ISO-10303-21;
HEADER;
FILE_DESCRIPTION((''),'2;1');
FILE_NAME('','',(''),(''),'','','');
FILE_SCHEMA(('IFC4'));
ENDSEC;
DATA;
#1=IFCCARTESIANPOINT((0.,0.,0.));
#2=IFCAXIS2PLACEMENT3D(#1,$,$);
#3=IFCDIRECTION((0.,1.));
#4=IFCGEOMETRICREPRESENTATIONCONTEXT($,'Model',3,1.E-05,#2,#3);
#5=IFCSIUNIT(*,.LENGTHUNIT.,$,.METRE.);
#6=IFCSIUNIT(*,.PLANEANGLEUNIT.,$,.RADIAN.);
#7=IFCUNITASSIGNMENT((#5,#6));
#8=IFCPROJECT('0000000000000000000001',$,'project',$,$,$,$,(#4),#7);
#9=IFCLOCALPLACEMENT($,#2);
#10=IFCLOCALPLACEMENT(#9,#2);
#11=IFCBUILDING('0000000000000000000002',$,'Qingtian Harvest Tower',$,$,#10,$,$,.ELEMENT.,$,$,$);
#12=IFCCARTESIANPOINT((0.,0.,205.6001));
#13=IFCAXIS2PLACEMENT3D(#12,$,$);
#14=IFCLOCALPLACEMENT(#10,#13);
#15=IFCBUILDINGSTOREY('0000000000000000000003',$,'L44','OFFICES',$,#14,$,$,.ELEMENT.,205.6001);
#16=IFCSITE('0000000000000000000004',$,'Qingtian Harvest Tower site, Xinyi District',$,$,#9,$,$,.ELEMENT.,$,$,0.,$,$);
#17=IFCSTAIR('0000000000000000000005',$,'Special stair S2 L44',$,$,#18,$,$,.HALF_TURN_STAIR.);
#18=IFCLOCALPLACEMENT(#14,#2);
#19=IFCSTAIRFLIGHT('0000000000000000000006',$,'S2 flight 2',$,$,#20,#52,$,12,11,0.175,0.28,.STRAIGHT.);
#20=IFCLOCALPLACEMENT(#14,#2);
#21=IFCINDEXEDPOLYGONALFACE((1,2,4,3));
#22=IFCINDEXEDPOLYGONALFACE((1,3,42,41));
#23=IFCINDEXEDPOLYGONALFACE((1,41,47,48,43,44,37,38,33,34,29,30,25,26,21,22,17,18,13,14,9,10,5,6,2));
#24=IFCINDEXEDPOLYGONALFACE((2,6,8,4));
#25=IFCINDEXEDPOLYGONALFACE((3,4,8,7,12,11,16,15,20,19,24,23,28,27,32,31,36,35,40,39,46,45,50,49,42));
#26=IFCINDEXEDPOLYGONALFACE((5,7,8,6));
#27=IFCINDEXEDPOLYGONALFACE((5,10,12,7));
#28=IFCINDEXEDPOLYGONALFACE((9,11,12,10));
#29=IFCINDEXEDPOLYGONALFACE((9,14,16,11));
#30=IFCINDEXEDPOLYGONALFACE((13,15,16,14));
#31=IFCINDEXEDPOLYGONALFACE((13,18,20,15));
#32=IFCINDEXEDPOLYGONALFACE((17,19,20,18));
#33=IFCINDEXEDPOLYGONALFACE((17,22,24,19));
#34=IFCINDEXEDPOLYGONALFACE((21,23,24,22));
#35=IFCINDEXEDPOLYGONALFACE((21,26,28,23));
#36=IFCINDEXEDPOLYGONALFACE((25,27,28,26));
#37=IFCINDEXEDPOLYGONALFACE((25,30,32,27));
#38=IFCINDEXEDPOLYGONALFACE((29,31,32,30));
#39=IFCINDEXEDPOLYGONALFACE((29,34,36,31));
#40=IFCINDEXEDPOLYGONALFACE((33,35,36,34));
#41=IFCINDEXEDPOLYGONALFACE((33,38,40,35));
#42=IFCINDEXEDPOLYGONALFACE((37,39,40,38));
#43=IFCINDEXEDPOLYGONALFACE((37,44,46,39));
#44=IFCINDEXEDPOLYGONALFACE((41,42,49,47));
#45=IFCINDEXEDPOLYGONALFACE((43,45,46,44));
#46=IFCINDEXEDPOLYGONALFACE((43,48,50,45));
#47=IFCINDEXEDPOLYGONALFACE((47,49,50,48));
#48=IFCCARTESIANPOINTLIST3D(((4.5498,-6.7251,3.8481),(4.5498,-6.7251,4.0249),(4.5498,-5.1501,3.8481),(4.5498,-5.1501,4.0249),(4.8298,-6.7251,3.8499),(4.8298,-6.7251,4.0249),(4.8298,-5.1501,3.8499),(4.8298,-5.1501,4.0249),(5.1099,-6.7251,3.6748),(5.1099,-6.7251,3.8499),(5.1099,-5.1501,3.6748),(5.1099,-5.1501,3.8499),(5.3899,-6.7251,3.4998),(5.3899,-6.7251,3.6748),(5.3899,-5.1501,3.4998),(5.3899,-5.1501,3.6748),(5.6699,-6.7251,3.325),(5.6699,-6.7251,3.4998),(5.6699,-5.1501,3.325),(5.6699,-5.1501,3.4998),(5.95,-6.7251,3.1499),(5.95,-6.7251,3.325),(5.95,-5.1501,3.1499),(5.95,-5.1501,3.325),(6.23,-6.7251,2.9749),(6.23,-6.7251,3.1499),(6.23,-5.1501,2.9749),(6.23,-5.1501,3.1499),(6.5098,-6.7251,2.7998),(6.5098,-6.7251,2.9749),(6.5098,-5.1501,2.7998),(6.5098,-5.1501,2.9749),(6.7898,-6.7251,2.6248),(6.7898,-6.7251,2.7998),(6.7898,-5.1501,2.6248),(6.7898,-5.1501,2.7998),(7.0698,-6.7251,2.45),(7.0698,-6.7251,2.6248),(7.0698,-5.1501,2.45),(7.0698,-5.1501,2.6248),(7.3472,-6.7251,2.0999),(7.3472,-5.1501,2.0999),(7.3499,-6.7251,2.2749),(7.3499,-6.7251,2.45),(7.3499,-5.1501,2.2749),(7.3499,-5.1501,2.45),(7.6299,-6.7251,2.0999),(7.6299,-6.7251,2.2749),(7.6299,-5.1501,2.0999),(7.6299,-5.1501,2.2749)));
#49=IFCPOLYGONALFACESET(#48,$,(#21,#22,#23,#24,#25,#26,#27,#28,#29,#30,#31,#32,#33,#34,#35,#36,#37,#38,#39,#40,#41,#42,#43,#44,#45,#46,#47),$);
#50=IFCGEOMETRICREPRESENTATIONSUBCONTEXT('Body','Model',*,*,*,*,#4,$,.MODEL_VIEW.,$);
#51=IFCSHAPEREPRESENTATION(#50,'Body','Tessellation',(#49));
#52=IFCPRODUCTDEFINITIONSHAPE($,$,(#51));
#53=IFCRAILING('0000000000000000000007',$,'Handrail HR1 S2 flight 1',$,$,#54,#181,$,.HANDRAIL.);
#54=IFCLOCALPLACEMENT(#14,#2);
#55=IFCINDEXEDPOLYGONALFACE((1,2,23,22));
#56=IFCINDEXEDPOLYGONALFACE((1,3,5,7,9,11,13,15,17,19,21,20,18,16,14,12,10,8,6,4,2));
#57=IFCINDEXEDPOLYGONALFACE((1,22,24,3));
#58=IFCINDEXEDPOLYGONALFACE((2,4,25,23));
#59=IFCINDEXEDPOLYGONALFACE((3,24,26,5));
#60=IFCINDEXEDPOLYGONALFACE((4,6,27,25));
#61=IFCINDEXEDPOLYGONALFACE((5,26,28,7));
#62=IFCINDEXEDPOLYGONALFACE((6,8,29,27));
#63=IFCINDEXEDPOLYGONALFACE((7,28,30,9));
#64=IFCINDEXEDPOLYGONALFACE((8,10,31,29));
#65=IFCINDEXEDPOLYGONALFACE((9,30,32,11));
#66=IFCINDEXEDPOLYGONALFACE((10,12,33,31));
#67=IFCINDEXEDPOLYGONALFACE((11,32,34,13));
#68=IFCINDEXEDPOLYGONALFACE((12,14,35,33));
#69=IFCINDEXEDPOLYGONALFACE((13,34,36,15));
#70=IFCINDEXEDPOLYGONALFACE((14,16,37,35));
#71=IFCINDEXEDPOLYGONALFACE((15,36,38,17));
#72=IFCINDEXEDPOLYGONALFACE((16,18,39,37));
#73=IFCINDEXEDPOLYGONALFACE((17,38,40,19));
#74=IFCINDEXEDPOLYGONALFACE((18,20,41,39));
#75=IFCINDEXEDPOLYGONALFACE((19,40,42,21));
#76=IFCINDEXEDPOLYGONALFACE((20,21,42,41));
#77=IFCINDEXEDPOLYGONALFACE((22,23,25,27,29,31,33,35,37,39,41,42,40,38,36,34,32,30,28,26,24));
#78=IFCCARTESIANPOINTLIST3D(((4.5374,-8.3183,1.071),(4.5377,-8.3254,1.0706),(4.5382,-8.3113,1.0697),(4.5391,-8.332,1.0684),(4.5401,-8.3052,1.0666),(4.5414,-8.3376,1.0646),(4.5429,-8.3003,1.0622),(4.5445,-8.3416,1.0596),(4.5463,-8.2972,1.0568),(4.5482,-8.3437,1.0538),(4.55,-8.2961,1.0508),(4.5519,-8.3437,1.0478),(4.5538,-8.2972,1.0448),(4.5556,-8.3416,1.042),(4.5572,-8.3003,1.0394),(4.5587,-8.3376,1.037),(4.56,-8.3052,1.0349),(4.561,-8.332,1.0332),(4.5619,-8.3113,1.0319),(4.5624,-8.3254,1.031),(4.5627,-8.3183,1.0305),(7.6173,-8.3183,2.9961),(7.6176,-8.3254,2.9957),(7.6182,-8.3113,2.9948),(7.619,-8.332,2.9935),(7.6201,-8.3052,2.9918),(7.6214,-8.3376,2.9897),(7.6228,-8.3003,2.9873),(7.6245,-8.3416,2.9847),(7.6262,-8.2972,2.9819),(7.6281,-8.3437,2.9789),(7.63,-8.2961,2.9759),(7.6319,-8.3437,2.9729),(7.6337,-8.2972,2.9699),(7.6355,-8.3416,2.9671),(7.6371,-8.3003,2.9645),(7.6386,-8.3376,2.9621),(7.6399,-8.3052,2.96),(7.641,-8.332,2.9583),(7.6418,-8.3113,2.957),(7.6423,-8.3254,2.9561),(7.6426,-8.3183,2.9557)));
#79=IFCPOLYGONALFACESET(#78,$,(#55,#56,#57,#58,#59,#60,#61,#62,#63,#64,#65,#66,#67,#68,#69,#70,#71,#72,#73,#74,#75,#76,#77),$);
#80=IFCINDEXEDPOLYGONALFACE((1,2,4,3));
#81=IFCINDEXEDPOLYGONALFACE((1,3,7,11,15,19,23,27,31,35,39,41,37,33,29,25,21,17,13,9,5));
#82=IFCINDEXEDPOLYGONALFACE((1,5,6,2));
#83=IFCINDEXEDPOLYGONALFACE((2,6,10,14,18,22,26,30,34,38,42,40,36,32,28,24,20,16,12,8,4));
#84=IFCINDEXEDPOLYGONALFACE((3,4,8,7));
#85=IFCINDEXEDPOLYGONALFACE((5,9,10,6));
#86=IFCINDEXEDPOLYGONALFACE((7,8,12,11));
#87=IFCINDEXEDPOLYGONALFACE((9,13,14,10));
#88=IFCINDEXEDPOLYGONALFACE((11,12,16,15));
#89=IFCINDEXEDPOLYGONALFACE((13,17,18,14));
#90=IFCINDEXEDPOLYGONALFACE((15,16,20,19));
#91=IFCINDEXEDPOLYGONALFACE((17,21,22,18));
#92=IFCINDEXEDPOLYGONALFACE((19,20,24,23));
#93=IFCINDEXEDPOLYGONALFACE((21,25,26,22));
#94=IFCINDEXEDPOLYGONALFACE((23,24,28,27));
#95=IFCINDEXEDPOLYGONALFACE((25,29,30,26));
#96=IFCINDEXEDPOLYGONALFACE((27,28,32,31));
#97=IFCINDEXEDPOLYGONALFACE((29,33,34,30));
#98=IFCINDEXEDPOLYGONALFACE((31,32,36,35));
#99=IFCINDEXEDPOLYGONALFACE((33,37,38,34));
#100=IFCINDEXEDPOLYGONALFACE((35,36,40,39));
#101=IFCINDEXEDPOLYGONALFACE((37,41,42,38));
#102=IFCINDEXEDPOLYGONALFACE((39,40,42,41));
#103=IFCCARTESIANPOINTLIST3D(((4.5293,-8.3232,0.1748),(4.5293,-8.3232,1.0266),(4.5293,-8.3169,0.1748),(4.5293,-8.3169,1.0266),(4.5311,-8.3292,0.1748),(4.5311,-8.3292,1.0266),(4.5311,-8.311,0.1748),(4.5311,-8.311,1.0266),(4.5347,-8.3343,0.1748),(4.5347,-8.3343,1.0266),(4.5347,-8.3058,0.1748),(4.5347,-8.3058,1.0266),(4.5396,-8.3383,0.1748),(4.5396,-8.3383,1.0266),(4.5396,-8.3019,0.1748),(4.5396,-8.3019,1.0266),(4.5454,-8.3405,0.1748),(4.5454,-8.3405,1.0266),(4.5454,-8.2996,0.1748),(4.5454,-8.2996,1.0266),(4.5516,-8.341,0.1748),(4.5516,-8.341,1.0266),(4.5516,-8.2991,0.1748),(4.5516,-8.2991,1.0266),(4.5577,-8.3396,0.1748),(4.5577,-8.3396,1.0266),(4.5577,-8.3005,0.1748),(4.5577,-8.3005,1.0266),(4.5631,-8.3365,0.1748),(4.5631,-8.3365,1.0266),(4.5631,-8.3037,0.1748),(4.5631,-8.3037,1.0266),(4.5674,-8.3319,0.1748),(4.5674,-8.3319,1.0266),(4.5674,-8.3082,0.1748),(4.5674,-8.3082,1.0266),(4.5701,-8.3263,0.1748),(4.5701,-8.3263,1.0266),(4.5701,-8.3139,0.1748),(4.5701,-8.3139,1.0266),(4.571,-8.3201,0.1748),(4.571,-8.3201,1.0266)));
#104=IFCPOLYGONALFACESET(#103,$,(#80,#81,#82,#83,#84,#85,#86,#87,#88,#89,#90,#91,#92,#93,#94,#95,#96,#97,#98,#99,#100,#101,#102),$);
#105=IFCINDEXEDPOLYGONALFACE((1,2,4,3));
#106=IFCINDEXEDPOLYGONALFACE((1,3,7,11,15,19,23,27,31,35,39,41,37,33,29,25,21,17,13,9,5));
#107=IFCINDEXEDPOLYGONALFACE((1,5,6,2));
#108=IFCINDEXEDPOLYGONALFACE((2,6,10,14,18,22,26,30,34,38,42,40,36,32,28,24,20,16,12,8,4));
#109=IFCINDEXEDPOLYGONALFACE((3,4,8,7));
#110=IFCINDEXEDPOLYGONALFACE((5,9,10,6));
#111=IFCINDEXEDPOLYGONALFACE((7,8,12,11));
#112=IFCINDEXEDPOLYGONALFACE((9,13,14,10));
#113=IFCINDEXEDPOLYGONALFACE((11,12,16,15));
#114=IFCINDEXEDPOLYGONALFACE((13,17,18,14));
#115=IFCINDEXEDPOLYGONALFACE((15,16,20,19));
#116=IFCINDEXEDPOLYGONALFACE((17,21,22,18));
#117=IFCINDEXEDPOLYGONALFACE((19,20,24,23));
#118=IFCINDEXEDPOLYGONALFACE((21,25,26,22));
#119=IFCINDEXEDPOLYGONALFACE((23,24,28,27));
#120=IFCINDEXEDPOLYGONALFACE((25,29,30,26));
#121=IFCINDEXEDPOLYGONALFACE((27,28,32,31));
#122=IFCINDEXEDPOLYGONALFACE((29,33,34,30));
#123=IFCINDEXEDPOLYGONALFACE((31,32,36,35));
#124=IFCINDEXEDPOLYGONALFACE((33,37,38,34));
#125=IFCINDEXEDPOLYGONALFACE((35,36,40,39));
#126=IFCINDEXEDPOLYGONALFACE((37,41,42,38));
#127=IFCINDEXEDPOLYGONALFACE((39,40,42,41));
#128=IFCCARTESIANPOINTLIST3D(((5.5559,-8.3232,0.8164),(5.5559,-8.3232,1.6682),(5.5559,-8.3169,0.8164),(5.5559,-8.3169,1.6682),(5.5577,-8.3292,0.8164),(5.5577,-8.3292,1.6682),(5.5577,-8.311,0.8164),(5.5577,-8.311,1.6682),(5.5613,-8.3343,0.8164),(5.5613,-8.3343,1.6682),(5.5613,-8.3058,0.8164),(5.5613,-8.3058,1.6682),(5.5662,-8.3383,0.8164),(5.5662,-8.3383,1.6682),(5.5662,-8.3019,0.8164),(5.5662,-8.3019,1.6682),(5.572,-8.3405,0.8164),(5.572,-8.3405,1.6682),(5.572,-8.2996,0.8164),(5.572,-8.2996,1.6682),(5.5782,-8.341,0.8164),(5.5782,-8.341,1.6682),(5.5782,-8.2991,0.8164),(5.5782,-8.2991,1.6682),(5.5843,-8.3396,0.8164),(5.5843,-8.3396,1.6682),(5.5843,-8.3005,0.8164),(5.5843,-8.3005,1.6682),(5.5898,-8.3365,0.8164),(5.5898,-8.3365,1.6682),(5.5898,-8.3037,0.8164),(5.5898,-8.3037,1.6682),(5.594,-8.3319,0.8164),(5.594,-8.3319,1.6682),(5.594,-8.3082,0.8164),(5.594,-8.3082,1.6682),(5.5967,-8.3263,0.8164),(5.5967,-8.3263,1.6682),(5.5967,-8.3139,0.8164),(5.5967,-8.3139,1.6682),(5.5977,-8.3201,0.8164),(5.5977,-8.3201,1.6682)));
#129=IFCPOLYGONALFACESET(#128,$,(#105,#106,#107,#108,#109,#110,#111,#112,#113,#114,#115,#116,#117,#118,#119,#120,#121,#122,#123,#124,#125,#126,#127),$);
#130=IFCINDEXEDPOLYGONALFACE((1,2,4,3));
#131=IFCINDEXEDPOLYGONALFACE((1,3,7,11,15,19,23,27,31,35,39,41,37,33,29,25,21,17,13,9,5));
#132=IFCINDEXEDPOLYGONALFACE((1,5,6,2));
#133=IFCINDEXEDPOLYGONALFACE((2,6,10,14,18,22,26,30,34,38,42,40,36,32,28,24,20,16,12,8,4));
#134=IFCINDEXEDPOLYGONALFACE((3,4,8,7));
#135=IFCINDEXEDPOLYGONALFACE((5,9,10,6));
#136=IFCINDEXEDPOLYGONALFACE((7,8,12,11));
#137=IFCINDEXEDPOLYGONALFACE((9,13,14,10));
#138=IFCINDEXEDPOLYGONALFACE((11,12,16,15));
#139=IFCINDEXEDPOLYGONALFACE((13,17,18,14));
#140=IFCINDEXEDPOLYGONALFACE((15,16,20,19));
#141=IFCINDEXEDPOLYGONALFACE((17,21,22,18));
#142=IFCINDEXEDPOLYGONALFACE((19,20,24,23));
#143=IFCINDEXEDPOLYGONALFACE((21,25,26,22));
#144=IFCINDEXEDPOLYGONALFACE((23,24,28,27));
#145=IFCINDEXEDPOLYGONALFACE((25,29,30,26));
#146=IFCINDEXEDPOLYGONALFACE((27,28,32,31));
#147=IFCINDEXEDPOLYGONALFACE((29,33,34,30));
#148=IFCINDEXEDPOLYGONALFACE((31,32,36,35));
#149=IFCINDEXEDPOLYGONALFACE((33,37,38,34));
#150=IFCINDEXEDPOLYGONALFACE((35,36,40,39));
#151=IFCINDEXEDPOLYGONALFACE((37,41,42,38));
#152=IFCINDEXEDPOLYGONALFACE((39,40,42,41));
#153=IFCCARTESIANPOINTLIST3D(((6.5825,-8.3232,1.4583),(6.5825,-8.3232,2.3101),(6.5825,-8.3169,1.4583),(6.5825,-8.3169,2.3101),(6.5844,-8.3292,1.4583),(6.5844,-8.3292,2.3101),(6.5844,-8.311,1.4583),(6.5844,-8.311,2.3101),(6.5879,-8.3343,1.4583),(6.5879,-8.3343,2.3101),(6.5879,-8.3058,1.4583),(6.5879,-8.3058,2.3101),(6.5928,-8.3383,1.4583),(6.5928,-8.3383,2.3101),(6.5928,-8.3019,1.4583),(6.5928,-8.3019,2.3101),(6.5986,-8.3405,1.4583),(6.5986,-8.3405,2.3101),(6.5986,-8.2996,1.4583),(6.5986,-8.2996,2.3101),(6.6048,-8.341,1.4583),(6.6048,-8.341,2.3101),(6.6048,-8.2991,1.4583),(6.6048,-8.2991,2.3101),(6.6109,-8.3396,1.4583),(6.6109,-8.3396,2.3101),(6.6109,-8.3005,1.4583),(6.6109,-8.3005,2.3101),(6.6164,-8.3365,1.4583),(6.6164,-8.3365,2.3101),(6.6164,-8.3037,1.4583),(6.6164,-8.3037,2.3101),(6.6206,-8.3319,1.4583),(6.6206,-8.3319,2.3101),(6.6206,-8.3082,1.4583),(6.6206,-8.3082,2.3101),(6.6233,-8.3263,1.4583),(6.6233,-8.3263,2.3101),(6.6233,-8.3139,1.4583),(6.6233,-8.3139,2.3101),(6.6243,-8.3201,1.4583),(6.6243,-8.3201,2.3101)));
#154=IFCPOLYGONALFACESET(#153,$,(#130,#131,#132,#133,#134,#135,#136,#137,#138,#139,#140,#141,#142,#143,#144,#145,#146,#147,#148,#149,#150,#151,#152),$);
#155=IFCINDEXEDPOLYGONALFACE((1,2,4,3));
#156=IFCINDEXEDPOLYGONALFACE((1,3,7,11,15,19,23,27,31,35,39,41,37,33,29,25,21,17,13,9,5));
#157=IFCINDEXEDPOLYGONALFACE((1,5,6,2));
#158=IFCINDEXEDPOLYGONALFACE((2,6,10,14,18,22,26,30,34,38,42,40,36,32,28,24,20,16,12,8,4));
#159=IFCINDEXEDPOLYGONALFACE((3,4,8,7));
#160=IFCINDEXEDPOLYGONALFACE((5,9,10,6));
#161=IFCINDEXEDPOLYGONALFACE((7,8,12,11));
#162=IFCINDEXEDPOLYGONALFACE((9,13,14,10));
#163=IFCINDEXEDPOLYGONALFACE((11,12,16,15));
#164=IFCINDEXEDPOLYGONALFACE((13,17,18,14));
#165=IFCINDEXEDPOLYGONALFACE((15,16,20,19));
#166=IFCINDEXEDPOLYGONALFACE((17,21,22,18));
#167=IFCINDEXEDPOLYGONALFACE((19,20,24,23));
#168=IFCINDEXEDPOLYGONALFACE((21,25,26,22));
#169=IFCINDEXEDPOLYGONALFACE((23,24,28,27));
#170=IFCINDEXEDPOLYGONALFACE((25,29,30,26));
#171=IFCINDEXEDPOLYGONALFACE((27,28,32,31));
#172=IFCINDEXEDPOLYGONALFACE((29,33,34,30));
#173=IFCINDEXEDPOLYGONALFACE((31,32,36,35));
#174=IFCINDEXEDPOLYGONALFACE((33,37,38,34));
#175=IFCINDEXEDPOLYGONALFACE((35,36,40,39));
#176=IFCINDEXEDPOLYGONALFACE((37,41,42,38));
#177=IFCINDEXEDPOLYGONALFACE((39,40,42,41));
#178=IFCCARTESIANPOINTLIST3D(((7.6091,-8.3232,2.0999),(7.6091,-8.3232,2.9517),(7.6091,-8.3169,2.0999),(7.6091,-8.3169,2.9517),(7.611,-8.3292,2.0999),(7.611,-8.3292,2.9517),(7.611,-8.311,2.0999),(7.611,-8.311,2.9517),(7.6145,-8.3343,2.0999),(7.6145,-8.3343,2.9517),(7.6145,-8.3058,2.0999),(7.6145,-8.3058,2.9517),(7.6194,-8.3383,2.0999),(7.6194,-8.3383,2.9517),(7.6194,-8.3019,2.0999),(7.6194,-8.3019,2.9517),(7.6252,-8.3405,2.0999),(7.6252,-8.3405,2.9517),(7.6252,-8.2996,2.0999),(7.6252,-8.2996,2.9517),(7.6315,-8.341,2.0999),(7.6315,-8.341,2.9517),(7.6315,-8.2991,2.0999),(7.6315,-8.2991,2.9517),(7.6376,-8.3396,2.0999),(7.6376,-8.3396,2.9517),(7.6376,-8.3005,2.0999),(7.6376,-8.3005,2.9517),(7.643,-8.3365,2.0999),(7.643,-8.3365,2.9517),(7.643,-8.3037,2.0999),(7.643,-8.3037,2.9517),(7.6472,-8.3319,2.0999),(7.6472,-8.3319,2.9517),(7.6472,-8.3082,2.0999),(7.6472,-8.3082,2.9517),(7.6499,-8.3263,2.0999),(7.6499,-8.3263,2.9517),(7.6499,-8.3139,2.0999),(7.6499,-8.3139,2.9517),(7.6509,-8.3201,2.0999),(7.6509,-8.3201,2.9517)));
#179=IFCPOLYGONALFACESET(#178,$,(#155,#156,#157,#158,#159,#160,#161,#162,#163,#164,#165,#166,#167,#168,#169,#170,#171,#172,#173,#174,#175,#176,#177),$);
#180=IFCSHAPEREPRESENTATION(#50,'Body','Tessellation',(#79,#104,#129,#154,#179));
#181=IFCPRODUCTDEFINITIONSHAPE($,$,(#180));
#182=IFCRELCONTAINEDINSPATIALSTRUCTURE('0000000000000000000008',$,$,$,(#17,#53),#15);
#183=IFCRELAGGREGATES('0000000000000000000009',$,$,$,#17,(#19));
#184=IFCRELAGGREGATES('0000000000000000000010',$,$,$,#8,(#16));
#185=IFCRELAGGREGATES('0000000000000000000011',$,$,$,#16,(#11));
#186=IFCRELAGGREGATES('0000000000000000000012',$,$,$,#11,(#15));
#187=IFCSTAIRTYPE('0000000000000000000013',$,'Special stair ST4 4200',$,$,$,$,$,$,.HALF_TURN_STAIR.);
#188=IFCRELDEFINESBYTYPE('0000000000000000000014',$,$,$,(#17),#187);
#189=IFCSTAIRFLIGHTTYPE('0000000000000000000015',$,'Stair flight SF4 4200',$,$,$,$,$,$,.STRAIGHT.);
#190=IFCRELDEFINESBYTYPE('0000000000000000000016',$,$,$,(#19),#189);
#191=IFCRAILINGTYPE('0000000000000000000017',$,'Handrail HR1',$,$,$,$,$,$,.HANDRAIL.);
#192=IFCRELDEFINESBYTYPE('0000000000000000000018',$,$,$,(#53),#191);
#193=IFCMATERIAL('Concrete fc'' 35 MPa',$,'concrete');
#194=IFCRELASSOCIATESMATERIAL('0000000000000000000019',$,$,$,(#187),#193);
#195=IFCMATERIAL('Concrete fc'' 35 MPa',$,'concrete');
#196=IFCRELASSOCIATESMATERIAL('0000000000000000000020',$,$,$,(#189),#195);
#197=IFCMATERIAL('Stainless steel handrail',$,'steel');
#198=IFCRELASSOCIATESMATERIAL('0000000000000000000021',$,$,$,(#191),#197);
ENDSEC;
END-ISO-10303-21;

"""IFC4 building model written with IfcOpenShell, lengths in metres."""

from ifc_helpers import new_model, si_unit, direction, frame, origin, origin_2d, place, context, subcontext, project, spatial, polyline, circle, outline, extrude, material, type_object, element, aggregate, save


model = new_model("IFC4")

# Units and contexts
model_context = context("Model", 3, precision=1e-05, world=origin(), true_north=direction((0.0, 1.0)))
body_context = subcontext(model_context, "Body", "Model", "MODEL_VIEW")
ifc_project = project(units=[si_unit("LENGTHUNIT", "METRE"), si_unit("PLANEANGLEUNIT", "RADIAN")], contexts=[model_context])

# Site, building, storey
site_placement = place(None, origin())
site = spatial("IfcSite", under=ifc_project, at=site_placement, Name="Qingtian Harvest Tower site, Xinyi District", CompositionType="ELEMENT", RefElevation=0.0)
building_placement = place(site_placement, origin())
building = spatial("IfcBuilding", under=site, at=building_placement, Name="Qingtian Harvest Tower", CompositionType="ELEMENT")
storey_placement = place(building_placement, frame((0.0, 0.0, 205.6001)))
storey = spatial("IfcBuildingStorey", under=building, at=storey_placement, Name="L44", Description="OFFICES", CompositionType="ELEMENT", Elevation=205.6001)

# Stair, stair flight
ifc_material_1 = material(Name="Concrete fc' 35 MPa", Category="concrete")
stair_type = type_object("IfcStairType", Name="Special stair ST4 4200", PredefinedType="HALF_TURN_STAIR", material=ifc_material_1)
stair_placement = place(storey_placement, origin())
stair = element("IfcStair", 1, at=stair_placement, inside=storey, type_object=stair_type, Name="Special stair S2 L44", PredefinedType="HALF_TURN_STAIR")
ifc_material_2 = material(Name="Concrete fc' 35 MPa", Category="concrete")
stair_flight_type = type_object("IfcStairFlightType", Name="Stair flight SF4 4200", PredefinedType="STRAIGHT", material=ifc_material_2)
stair_flight_1_placement = place(storey_placement, frame((7.6299, -5.9375, 2.0999), z_axis=(0.0, 0.0, 1.0), x_axis=(-1.0, 0.0, 0.0)))
stair_flight_1 = element("IfcStairFlight", 2, at=stair_flight_1_placement, type_object=stair_flight_type, Name="S2 flight 2", NumberOfRisers=12, NumberOfTreads=11, PredefinedType="STRAIGHT", RiserHeight=0.175, TreadLength=0.28, context=body_context, shape_type="SweptSolid", body=[
    extrude(outline(polyline([(0.0, 0.0), (0.0, 0.175), (0.28, 0.175), (0.28, 0.3501), (0.5601, 0.3501), (0.5601, 0.5249), (0.8401, 0.5249), (0.8401, 0.7), (1.1201, 0.7), (1.1201, 0.875), (1.3999, 0.875), (1.3999, 1.05), (1.6799, 1.05), (1.6799, 1.2251), (1.96, 1.2251), (1.96, 1.3999), (2.24, 1.3999), (2.24, 1.575), (2.52, 1.575), (2.52, 1.75), (2.8, 1.75), (2.8, 1.925), (3.0801, 1.925), (3.0801, 2.1001), (3.0801, 1.7483), (0.2827, 0.0), (0.0, 0.0)])), frame((0.0, 0.7876, 0.0), z_axis=(0.0, -1.0, 0.0), x_axis=(1.0, 0.0, 0.0)), (0.0, 0.0, 1.0), 1.575),
])
aggregate(stair, [stair_flight_1])

# Railing
ifc_material_3 = material(Name="Stainless steel handrail", Category="steel")
railing_type = type_object("IfcRailingType", Name="Handrail HR1", PredefinedType="HANDRAIL", material=ifc_material_3)
railing_1_placement = place(storey_placement, frame((4.55, -8.3201, 0.1748)))
element("IfcRailing", 3, at=railing_1_placement, inside=storey, type_object=railing_type, Name="Handrail HR1 S2 flight 1", PredefinedType="HANDRAIL", context=body_context, shape_type="SweptSolid", body=[
    extrude(circle(Radius=0.0239, at=origin_2d()), frame((0.0, 0.0, 0.876), z_axis=(0.847979, 0.0, 0.530029), x_axis=(0.0, 1.0, 0.0)), (0.0, 0.0, 1.0), 3.6321),
    extrude(circle(Radius=0.021, at=origin_2d()), origin(), (0.0, 0.0, 1.0), 0.8518),
    extrude(circle(Radius=0.021, at=origin_2d()), frame((1.0266, 0.0, 0.6416)), (0.0, 0.0, 1.0), 0.8518),
    extrude(circle(Radius=0.021, at=origin_2d()), frame((2.0532, 0.0, 1.2834)), (0.0, 0.0, 1.0), 0.8518),
    extrude(circle(Radius=0.021, at=origin_2d()), frame((3.0798, 0.0, 1.925)), (0.0, 0.0, 1.0), 0.8518),
])

save(model, "model.ifc")
